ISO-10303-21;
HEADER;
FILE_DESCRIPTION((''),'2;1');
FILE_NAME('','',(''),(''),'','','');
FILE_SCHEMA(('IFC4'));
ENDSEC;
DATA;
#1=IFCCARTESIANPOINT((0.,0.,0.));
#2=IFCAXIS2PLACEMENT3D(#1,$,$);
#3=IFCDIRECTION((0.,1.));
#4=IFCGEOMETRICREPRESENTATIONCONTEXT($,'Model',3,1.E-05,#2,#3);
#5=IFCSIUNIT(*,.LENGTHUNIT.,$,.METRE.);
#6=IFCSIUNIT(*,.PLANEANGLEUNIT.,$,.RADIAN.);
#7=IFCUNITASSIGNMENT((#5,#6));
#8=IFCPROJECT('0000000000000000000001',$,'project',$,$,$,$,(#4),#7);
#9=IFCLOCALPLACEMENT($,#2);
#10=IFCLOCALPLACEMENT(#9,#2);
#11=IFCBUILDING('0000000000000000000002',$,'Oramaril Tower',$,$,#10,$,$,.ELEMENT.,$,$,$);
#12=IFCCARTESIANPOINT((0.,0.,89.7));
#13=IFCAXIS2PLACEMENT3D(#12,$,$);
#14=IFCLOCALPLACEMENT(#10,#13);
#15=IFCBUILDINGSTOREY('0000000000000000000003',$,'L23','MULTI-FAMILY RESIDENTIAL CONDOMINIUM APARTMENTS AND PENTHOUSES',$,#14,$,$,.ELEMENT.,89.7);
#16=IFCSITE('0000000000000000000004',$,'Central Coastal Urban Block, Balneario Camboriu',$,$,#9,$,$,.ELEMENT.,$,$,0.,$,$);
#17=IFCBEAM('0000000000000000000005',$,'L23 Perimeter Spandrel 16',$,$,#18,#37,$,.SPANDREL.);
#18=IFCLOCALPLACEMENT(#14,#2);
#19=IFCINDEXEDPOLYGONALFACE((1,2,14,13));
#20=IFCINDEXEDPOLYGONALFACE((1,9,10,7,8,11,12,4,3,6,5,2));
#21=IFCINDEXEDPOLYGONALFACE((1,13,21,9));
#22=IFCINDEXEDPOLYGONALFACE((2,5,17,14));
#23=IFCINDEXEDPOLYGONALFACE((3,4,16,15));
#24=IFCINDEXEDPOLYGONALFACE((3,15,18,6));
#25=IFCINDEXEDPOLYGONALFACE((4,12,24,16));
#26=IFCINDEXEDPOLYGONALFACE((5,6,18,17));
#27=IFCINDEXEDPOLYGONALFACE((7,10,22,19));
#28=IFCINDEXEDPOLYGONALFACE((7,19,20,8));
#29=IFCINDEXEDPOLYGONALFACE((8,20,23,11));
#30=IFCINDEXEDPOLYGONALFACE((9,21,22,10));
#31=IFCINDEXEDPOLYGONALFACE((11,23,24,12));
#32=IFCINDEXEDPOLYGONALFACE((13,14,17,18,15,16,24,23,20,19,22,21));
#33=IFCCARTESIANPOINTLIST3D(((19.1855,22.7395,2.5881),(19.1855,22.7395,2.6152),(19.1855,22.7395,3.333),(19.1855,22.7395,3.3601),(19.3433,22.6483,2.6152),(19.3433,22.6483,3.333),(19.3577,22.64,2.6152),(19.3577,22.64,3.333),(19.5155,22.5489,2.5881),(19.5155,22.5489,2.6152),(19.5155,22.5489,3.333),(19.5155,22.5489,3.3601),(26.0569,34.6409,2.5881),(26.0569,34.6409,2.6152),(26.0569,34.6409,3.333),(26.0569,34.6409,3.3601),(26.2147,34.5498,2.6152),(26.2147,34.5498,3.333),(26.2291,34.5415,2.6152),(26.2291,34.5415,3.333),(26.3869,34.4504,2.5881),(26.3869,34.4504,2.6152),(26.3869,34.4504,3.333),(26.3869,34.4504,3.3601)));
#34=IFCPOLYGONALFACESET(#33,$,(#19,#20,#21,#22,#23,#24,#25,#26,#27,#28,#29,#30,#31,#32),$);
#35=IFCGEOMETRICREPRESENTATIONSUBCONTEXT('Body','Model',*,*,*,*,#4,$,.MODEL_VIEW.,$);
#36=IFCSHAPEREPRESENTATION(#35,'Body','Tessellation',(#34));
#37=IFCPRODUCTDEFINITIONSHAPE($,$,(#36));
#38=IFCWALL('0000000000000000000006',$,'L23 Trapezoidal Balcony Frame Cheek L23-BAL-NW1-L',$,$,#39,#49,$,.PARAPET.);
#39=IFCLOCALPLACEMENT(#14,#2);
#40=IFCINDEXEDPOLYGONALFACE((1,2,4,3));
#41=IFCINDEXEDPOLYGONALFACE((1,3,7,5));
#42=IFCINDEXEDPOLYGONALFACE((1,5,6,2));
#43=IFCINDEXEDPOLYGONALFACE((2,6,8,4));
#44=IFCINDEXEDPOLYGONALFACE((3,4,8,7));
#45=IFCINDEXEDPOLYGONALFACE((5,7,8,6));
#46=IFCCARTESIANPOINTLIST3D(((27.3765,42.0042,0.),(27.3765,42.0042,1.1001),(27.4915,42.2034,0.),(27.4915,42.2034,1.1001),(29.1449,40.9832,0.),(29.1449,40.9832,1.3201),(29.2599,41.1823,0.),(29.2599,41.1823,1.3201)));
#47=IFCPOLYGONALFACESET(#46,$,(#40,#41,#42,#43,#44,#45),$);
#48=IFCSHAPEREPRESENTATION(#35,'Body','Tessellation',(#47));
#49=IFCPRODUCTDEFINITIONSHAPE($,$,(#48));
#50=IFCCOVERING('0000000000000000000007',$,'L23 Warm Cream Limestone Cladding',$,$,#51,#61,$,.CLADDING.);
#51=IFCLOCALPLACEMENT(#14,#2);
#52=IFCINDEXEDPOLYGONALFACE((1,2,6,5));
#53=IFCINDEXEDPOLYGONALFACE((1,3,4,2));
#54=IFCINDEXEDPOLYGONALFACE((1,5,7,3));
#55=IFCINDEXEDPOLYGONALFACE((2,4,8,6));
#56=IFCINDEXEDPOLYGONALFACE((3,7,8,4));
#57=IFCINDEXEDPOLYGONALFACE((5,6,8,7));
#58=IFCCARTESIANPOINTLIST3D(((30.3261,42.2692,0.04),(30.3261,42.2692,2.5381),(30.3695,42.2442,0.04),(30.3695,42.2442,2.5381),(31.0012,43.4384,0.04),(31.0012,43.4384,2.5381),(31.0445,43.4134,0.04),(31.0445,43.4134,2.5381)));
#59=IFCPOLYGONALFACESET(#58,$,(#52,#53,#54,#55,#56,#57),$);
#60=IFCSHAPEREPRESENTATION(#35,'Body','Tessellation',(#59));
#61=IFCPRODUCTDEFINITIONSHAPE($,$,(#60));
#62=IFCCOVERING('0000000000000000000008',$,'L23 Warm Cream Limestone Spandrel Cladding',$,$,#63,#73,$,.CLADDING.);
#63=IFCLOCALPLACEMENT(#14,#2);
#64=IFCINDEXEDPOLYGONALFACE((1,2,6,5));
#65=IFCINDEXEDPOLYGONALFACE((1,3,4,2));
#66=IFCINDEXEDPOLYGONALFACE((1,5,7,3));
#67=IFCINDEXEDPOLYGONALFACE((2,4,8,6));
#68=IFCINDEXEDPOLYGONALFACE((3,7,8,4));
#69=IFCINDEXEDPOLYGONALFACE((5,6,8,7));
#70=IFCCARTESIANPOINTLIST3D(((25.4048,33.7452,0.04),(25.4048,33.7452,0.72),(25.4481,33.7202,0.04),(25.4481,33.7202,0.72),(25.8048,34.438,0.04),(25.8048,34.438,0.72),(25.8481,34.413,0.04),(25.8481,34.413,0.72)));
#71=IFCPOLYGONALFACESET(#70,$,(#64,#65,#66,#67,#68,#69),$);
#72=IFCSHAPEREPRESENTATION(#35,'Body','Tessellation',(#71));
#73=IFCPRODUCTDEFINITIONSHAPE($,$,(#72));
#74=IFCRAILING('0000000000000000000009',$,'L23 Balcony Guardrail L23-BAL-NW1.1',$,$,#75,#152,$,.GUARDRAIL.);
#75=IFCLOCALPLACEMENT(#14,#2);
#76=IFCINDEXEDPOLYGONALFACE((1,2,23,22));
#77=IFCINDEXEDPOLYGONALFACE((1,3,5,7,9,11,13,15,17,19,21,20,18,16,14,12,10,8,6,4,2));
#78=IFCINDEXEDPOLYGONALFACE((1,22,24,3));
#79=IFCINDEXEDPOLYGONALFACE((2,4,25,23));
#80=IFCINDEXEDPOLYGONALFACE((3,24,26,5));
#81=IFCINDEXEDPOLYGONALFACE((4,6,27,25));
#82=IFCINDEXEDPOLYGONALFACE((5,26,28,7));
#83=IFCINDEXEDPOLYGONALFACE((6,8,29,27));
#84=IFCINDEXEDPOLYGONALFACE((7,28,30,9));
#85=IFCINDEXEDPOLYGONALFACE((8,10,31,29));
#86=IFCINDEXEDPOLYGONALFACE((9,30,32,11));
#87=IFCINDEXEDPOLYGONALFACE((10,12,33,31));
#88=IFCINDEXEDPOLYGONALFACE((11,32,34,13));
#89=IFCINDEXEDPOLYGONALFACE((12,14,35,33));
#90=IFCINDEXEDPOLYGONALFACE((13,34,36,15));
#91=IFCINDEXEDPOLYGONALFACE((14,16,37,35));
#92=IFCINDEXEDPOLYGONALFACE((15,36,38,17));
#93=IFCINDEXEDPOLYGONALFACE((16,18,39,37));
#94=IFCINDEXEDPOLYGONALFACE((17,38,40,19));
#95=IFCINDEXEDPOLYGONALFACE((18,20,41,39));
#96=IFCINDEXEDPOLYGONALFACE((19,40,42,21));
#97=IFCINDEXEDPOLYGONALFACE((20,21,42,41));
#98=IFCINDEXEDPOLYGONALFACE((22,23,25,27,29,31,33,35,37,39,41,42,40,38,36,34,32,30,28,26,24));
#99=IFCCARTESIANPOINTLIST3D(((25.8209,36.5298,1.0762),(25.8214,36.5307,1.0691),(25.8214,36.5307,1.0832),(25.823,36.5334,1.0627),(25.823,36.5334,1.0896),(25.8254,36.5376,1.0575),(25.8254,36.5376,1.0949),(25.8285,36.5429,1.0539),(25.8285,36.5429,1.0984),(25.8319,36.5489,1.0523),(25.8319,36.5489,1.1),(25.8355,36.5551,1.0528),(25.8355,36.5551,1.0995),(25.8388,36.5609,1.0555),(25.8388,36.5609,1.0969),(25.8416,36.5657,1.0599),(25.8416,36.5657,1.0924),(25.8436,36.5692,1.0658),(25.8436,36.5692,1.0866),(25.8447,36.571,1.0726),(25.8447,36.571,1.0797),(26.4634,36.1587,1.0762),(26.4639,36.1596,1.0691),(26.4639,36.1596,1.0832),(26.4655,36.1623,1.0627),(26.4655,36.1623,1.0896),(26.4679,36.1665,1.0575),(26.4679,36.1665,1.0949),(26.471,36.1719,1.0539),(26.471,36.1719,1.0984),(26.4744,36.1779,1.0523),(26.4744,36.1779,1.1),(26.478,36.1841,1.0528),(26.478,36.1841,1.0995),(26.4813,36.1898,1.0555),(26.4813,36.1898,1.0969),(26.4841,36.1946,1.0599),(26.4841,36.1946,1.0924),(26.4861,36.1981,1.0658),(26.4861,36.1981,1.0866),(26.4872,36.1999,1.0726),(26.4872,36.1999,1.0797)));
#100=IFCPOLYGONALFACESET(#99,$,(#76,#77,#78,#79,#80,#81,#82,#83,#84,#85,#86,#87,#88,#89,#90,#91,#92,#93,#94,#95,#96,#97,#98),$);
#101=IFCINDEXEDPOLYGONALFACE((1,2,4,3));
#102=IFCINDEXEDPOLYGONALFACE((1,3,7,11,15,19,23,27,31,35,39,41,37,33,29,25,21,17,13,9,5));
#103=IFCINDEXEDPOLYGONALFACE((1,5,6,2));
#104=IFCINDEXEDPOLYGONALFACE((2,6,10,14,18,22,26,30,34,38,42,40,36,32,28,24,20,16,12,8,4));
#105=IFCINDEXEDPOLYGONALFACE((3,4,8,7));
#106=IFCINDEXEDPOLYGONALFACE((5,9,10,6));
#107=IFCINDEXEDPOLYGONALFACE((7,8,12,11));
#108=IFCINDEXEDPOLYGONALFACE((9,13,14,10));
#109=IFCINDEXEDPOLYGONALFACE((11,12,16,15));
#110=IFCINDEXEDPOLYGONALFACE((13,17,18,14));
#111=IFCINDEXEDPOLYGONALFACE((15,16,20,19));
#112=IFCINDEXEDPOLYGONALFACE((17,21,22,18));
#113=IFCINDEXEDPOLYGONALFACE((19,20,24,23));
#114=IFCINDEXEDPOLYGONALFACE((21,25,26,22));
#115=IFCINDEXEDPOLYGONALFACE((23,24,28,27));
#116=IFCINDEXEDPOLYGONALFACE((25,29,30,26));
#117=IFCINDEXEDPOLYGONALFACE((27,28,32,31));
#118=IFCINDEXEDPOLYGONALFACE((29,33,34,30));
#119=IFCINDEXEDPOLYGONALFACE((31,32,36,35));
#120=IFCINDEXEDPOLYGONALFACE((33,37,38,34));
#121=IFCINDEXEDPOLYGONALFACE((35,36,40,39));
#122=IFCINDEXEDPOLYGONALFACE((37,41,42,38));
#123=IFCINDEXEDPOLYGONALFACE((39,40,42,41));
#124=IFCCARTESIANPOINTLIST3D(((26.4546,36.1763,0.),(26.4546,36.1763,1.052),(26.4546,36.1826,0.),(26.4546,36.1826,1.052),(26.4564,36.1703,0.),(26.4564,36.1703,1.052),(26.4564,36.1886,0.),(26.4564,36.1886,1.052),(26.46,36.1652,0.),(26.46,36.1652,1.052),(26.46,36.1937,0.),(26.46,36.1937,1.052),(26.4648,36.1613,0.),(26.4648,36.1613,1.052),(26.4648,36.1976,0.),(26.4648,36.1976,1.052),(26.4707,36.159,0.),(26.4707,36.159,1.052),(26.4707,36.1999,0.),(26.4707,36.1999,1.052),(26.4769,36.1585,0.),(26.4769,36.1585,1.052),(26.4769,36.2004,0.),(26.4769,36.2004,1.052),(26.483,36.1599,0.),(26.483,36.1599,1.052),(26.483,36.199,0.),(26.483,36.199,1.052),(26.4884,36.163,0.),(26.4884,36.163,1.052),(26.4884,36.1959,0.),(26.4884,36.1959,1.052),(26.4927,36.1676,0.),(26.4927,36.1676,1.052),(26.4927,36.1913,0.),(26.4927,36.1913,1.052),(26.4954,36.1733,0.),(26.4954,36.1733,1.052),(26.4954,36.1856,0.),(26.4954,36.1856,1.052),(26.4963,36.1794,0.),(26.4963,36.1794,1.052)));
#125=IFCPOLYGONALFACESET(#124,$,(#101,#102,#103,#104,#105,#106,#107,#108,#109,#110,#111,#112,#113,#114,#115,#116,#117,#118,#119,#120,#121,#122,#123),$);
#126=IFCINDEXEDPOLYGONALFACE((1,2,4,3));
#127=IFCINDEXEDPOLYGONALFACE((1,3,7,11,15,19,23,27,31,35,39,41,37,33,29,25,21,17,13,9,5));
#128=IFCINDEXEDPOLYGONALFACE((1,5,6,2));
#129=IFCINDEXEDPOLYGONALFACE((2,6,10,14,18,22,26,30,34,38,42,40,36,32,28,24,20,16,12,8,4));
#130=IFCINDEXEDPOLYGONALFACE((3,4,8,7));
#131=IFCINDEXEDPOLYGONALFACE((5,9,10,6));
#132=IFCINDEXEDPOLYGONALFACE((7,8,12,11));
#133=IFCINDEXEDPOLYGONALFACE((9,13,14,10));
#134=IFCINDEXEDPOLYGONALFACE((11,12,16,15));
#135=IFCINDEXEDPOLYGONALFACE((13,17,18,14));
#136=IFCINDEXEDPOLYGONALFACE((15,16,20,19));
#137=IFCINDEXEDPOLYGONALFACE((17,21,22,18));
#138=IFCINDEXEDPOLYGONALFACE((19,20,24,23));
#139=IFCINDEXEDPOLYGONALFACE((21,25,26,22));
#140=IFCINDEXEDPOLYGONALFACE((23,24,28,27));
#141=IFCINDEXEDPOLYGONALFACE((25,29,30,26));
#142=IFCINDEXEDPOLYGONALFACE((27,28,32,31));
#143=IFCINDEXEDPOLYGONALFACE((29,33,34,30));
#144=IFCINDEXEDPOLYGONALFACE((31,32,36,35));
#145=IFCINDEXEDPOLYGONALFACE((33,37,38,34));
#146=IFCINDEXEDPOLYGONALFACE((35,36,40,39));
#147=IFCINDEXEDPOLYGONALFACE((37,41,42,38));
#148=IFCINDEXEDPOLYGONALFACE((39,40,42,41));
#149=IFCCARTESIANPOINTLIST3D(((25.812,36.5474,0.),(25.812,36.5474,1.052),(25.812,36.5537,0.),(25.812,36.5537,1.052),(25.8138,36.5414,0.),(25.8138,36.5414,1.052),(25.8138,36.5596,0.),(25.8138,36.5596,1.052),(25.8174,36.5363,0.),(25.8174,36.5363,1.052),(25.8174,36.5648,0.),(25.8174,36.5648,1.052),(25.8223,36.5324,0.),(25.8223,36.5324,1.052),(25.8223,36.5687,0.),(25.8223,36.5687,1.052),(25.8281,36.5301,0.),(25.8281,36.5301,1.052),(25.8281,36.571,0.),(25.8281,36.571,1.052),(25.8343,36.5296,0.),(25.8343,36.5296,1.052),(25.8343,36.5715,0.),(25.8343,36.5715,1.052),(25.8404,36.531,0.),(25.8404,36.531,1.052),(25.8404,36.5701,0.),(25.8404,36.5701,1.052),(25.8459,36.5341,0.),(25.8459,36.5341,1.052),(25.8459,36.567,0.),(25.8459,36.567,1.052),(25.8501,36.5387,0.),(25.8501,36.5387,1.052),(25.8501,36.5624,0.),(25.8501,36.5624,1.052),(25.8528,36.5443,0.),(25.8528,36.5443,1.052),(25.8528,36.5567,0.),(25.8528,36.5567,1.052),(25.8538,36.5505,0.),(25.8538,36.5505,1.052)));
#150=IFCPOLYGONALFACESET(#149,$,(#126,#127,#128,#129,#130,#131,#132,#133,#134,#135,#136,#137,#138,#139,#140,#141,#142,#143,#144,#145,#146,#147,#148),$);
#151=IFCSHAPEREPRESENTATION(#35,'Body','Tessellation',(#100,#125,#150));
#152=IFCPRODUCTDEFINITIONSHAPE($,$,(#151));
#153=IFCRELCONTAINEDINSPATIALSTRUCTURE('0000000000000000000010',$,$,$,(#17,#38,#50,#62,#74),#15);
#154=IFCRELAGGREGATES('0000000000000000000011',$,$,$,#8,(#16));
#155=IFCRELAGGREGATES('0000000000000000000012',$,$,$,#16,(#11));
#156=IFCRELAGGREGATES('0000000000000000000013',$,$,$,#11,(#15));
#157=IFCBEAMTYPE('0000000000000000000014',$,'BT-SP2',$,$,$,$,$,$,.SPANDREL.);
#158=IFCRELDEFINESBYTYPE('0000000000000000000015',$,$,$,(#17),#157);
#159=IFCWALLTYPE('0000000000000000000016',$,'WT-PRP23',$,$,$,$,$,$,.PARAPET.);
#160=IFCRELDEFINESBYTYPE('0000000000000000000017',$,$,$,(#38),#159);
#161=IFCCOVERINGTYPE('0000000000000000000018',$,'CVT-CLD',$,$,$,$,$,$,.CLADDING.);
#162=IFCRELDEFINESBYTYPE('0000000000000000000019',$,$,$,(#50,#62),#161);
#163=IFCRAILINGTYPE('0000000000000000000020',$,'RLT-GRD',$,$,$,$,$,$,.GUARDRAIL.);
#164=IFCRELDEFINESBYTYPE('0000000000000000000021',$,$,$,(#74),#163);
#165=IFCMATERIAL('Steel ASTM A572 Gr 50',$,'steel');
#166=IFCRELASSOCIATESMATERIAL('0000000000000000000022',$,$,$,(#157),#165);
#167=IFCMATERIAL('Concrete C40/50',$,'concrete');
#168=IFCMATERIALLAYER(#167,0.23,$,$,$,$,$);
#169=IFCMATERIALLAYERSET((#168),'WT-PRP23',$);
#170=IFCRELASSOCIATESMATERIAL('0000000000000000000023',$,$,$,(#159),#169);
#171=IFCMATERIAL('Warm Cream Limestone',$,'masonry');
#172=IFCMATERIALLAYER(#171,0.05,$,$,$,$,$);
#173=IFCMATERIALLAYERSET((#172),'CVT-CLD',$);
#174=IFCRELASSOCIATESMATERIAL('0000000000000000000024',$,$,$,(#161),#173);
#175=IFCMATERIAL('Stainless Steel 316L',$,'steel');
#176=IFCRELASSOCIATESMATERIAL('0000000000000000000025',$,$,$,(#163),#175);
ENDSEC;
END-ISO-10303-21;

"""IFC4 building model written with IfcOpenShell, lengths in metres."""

from ifc_helpers import new_model, si_unit, direction, frame, origin, origin_2d, place, context, subcontext, project, spatial, polyline, rectangle, circle, i_section, outline, extrude, material, layer, layer_set, material_profile, profile_set, type_object, element, save


model = new_model("IFC4")

# Units and contexts
model_context = context("Model", 3, precision=1e-05, world=origin(), true_north=direction((0.0, 1.0)))
body_context = subcontext(model_context, "Body", "Model", "MODEL_VIEW")
ifc_project = project(units=[si_unit("LENGTHUNIT", "METRE"), si_unit("PLANEANGLEUNIT", "RADIAN")], contexts=[model_context])

# Site, building, storey
site_placement = place(None, origin())
site = spatial("IfcSite", under=ifc_project, at=site_placement, Name="Central Coastal Urban Block, Balneario Camboriu", CompositionType="ELEMENT", RefElevation=0.0)
building_placement = place(site_placement, origin())
building = spatial("IfcBuilding", under=site, at=building_placement, Name="Oramaril Tower", CompositionType="ELEMENT")
storey_placement = place(building_placement, frame((0.0, 0.0, 89.7)))
storey = spatial("IfcBuildingStorey", under=building, at=storey_placement, Name="L23", Description="MULTI-FAMILY RESIDENTIAL CONDOMINIUM APARTMENTS AND PENTHOUSES", CompositionType="ELEMENT", Elevation=89.7)

# Beam
ifc_material_1 = material(Name="Steel ASTM A572 Gr 50", Category="steel")
ifc_material_profile_1 = material_profile(ifc_material_1, i_section(OverallWidth=0.3811, OverallDepth=0.772, WebThickness=0.0166, FlangeThickness=0.0271, at=origin_2d()), Name="W30X173")
ifc_profile_set_1 = profile_set([ifc_material_profile_1], Name="Steel ASTM A572 Gr 50")
beam_type_1 = type_object("IfcBeamType", Name="BT-SP2", PredefinedType="SPANDREL", material=ifc_profile_set_1)
beam_1_placement = place(storey_placement, frame((26.2219, 34.5457, 2.9741), z_axis=(-0.500004, -0.866023, 0.0), x_axis=(0.866023, -0.500004, 0.0)))
element("IfcBeam", 1, at=beam_1_placement, inside=storey, type_object=beam_type_1, Name="L23 Perimeter Spandrel 16", PredefinedType="SPANDREL", context=body_context, shape_type="SweptSolid", body=[
    extrude(i_section(OverallWidth=0.3811, OverallDepth=0.772, WebThickness=0.0166, FlangeThickness=0.0271, at=origin_2d()), origin(), (0.0, 0.0, 1.0), 13.7427),
])

# Wall
ifc_material_2 = material(Name="Concrete C40/50", Category="concrete")
ifc_layer_1 = layer(ifc_material_2, 0.23)
ifc_layer_set_1 = layer_set([ifc_layer_1], Name="WT-PRP23")
wall_type_1 = type_object("IfcWallType", Name="WT-PRP23", PredefinedType="PARAPET", material=ifc_layer_set_1)
wall_1_placement = place(storey_placement, frame((29.2024, 41.0828, 0.0), z_axis=(0.0, 0.0, 1.0), x_axis=(-0.866012, 0.500023, 0.0)))
element("IfcWall", 2, at=wall_1_placement, inside=storey, type_object=wall_type_1, Name="L23 Trapezoidal Balcony Frame Cheek L23-BAL-NW1-L", PredefinedType="PARAPET", context=body_context, shape_type="SweptSolid", body=[
    extrude(outline(polyline([(0.0, 0.0), (2.042, 0.0), (2.042, 1.1001), (0.0, 1.3201), (0.0, 0.0)])), frame((0.0, 0.115, 0.0), z_axis=(0.0, -1.0, 0.0), x_axis=(1.0, 0.0, 0.0)), (0.0, 0.0, 1.0), 0.23),
])

# Coverings
ifc_material_3 = material(Name="Warm Cream Limestone", Category="masonry")
ifc_layer_2 = layer(ifc_material_3, 0.05)
ifc_layer_set_2 = layer_set([ifc_layer_2], Name="CVT-CLD")
covering_type = type_object("IfcCoveringType", Name="CVT-CLD", PredefinedType="CLADDING", material=ifc_layer_set_2)
covering_1_placement = place(storey_placement, frame((30.6853, 42.8413, 0.04), z_axis=(0.0, 0.0, 1.0), x_axis=(-0.5, -0.866025, 0.0)))
element("IfcCovering", 3, at=covering_1_placement, inside=storey, type_object=covering_type, Name="L23 Warm Cream Limestone Cladding", PredefinedType="CLADDING", context=body_context, shape_type="SweptSolid", body=[
    extrude(rectangle(XDim=1.3501, YDim=0.05, at=origin_2d()), origin(), (0.0, 0.0, 1.0), 2.498),
])
covering_2_placement = place(storey_placement, frame((25.6265, 34.0791, 0.04), z_axis=(0.0, 0.0, 1.0), x_axis=(-0.5, -0.866025, 0.0)))
element("IfcCovering", 4, at=covering_2_placement, inside=storey, type_object=covering_type, Name="L23 Warm Cream Limestone Spandrel Cladding", PredefinedType="CLADDING", context=body_context, shape_type="SweptSolid", body=[
    extrude(rectangle(XDim=0.8, YDim=0.05, at=origin_2d()), origin(), (0.0, 0.0, 1.0), 0.6799),
])

# Railing
ifc_material_4 = material(Name="Stainless Steel 316L", Category="steel")
railing_type = type_object("IfcRailingType", Name="RLT-GRD", PredefinedType="GUARDRAIL", material=ifc_material_4)
railing_1_placement = place(storey_placement, frame((26.4753, 36.1794, 0.0)))
element("IfcRailing", 5, at=railing_1_placement, inside=storey, type_object=railing_type, Name="L23 Balcony Guardrail L23-BAL-NW1.1", PredefinedType="GUARDRAIL", context=body_context, shape_type="SweptSolid", body=[
    extrude(circle(Radius=0.0239, at=origin_2d()), frame((0.0, 0.0, 1.0762), z_axis=(-0.865966, 0.500102, 0.0), x_axis=(-0.500102, -0.865966, 0.0)), (0.0, 0.0, 1.0), 0.7419),
    extrude(circle(Radius=0.021, at=origin_2d()), origin(), (0.0, 0.0, 1.0), 1.052),
    extrude(circle(Radius=0.021, at=origin_2d()), frame((-0.6426, 0.3711, 0.0)), (0.0, 0.0, 1.0), 1.052),
])

save(model, "model.ifc")
